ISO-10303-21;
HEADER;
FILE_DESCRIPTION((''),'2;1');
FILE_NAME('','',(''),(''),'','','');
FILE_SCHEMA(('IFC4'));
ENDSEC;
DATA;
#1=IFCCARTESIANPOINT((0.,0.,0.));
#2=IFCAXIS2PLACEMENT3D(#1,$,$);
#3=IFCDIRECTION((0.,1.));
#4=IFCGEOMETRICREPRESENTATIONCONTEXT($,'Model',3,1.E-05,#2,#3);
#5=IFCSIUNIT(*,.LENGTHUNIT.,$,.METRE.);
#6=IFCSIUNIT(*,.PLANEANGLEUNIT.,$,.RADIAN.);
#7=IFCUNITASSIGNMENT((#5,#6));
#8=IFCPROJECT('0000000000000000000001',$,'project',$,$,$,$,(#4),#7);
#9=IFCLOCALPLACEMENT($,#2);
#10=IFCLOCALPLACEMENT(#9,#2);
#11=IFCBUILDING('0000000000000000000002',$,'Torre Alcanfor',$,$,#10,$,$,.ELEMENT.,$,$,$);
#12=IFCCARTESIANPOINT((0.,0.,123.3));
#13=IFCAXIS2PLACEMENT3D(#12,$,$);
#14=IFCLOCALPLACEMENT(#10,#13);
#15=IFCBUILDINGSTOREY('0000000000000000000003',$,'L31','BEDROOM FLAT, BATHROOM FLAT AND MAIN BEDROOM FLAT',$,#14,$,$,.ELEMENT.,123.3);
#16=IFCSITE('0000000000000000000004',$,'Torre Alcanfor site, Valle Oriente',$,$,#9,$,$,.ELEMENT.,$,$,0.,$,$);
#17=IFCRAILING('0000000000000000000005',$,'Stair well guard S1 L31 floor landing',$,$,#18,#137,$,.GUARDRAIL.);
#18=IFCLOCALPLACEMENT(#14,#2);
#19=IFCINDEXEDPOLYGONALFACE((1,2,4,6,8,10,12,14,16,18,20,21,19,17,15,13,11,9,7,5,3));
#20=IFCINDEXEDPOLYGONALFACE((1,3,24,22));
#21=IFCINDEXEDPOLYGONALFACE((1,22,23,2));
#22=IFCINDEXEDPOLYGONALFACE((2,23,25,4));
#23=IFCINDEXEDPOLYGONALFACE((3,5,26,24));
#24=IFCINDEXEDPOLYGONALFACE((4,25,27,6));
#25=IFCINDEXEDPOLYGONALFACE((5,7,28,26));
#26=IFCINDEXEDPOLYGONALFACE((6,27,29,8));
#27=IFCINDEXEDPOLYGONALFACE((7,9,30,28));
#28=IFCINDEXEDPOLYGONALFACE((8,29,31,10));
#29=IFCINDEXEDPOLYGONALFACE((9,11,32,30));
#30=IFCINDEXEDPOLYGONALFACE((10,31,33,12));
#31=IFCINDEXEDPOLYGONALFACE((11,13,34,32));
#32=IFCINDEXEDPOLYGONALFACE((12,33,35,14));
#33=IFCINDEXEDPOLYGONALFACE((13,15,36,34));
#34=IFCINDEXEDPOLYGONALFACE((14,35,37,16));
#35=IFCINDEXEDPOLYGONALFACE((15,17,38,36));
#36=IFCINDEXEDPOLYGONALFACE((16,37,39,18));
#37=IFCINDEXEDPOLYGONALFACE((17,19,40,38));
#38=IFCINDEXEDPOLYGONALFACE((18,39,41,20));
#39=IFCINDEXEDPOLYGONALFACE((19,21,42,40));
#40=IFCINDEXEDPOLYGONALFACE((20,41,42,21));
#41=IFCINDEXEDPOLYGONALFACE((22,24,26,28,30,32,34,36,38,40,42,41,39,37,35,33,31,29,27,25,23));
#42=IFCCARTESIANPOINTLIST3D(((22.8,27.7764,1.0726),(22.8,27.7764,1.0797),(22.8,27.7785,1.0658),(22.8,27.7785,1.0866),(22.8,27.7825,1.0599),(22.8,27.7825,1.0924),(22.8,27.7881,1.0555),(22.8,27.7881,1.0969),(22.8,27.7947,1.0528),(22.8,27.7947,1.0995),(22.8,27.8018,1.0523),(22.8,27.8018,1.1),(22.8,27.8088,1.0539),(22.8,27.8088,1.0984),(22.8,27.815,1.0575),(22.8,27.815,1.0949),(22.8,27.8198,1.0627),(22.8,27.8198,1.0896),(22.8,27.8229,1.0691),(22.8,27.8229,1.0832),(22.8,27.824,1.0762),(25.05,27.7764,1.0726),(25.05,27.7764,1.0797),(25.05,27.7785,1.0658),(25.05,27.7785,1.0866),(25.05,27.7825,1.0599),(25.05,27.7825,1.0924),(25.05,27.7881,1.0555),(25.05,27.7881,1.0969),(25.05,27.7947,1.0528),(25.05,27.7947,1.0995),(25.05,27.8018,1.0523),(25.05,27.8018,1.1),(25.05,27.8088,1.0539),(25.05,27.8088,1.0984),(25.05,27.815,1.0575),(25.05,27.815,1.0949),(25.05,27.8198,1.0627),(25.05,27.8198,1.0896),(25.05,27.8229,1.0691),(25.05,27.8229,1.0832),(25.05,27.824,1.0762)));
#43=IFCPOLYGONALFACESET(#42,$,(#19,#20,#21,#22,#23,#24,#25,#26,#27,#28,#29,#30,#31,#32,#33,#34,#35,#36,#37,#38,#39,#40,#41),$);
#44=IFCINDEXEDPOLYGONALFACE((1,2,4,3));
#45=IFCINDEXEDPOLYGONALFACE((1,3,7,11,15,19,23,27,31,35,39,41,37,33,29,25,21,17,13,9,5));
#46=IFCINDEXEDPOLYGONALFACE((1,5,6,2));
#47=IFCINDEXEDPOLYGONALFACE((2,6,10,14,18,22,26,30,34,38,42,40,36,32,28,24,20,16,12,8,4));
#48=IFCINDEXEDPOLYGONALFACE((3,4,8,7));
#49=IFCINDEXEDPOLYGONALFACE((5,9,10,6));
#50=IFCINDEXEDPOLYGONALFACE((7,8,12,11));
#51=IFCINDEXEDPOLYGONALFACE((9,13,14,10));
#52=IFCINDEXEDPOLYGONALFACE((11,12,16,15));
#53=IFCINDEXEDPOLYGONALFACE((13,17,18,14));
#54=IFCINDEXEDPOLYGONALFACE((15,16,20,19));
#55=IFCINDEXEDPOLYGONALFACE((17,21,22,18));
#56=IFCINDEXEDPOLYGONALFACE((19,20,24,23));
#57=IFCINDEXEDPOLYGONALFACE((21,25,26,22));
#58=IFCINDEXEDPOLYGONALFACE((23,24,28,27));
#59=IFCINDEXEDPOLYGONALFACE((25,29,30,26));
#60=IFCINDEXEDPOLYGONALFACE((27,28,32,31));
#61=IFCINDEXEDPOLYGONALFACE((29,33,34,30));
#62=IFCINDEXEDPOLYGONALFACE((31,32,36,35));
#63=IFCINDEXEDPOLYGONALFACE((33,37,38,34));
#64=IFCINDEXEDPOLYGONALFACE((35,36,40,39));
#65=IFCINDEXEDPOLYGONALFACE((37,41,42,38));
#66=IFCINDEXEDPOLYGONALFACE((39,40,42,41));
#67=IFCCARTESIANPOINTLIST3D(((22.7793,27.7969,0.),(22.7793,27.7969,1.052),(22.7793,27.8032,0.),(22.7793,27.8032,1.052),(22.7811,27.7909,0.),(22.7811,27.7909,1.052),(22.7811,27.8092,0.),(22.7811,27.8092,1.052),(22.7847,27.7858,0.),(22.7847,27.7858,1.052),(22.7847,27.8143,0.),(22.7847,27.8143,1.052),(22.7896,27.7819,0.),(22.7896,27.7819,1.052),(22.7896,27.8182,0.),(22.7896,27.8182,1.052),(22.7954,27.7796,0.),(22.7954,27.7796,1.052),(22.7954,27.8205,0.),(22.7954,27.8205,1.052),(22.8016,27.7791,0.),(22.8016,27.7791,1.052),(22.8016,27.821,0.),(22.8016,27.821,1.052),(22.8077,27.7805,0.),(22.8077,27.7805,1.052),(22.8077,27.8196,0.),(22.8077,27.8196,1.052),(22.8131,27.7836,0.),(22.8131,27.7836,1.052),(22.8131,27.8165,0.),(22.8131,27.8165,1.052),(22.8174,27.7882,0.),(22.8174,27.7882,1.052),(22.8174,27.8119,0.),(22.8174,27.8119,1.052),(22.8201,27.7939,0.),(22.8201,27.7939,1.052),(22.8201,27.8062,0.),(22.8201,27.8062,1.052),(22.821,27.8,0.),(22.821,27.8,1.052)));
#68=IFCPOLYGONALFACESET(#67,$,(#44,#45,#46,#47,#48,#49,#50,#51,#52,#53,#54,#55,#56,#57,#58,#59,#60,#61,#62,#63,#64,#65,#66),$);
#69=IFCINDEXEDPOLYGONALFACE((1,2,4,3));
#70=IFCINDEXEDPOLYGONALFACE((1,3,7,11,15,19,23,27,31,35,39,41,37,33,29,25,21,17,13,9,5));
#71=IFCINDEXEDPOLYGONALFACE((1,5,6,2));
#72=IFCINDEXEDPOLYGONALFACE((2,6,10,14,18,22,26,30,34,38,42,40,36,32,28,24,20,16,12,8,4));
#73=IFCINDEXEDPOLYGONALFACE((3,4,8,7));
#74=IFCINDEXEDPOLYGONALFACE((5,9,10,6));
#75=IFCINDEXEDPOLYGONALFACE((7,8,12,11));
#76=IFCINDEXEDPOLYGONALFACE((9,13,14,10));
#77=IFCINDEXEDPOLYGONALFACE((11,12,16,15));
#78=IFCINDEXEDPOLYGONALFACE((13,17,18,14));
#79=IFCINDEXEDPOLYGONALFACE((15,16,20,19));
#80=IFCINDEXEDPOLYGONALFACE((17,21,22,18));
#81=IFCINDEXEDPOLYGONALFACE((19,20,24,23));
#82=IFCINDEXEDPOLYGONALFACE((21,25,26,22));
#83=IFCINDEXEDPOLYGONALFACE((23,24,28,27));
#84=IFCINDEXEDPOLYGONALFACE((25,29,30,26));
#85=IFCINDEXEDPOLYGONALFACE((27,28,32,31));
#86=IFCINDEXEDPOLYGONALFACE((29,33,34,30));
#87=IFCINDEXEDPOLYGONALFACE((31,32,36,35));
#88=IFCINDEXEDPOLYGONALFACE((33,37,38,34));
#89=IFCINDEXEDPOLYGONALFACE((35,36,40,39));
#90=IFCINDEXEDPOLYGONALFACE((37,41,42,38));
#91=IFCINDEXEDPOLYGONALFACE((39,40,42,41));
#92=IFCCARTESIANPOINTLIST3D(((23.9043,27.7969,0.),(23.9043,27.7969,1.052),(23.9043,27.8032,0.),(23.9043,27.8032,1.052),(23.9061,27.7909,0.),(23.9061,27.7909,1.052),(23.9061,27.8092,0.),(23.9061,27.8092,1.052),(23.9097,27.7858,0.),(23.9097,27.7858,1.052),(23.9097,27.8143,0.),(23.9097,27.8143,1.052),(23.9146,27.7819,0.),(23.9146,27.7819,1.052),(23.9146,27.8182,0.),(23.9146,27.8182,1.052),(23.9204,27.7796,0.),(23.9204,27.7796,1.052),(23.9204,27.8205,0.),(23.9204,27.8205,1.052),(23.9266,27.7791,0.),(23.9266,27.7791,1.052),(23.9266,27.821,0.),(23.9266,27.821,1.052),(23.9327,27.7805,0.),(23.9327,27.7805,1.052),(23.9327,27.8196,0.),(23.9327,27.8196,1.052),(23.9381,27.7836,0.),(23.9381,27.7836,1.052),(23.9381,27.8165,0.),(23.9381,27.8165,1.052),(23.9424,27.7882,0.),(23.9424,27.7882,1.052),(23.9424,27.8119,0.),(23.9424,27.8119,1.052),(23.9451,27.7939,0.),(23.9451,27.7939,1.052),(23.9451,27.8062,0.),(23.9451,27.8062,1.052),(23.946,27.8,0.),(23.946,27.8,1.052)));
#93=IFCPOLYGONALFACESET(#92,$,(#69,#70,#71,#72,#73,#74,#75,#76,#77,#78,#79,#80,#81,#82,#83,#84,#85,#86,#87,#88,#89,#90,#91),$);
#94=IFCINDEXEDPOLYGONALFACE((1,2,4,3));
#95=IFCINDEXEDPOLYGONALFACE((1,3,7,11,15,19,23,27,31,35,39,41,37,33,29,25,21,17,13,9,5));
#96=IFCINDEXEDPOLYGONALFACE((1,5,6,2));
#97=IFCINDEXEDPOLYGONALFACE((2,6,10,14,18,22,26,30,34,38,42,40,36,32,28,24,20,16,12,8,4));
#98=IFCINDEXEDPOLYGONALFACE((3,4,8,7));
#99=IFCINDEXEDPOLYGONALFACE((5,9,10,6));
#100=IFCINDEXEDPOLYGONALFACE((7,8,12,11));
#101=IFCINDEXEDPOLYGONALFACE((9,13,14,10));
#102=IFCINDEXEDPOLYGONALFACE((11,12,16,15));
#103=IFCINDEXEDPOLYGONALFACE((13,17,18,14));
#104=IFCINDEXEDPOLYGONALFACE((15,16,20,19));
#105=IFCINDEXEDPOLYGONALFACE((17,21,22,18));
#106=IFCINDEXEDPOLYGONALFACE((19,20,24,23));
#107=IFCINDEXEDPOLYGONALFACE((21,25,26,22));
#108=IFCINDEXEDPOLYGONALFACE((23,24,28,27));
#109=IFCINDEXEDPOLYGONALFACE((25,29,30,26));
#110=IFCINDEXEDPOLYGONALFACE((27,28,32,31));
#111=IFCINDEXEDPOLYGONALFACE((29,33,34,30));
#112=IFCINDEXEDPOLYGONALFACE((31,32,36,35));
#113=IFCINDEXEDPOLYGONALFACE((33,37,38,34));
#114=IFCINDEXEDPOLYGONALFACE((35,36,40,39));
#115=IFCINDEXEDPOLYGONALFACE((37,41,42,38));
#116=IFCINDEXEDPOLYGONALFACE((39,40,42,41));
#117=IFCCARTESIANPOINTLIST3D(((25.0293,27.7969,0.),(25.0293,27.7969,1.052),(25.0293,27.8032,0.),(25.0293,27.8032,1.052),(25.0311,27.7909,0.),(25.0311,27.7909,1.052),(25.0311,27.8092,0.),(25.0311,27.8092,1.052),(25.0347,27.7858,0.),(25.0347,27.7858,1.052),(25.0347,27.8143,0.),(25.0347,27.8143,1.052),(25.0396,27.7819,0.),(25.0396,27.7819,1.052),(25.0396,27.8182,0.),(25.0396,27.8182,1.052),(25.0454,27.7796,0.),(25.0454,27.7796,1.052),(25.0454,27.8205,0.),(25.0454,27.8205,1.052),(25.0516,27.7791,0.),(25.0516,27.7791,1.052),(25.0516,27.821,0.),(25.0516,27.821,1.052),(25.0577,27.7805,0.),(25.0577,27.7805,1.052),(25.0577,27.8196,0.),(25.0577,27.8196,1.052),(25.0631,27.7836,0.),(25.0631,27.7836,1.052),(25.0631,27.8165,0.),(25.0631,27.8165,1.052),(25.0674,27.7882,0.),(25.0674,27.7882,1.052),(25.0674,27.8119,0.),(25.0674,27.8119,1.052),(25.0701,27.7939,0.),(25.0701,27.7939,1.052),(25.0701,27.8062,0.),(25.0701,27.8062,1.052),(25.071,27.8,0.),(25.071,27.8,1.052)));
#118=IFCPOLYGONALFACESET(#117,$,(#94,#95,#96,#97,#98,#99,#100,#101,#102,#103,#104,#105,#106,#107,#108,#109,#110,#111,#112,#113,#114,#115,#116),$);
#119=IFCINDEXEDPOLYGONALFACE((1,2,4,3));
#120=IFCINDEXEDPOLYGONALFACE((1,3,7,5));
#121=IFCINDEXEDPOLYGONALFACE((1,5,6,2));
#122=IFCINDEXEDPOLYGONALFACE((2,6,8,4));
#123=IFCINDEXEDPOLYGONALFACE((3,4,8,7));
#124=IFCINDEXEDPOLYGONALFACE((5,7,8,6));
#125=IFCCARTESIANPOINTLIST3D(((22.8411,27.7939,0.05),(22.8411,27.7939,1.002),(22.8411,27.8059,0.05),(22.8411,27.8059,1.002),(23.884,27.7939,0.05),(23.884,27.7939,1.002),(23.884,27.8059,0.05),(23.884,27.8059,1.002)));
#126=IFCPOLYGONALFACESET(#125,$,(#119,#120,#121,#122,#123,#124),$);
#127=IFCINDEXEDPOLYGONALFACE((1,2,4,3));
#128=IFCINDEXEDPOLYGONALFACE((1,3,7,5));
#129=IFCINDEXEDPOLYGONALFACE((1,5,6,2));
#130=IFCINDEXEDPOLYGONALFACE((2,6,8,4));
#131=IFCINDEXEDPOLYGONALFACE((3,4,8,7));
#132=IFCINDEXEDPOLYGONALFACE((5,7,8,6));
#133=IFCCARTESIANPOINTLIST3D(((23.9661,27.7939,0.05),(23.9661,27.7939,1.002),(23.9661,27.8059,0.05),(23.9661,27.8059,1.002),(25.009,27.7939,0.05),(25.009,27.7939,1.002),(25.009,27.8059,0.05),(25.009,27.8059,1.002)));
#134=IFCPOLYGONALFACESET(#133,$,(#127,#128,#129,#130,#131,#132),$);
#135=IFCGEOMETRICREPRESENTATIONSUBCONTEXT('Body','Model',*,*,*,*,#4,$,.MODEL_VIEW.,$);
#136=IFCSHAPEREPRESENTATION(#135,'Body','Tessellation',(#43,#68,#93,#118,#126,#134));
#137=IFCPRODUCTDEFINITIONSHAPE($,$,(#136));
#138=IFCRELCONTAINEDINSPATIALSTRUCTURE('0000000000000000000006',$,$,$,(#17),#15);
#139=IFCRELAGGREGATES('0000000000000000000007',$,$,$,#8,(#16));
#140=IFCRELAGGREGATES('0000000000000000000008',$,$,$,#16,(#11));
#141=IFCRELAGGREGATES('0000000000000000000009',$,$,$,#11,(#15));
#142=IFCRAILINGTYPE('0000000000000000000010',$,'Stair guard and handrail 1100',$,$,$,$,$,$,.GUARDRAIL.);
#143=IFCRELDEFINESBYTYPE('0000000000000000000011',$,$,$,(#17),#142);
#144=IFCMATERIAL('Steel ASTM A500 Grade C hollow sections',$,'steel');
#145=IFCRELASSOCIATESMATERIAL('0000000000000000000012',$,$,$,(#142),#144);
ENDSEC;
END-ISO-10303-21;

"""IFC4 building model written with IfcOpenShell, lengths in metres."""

from ifc_helpers import new_model, si_unit, direction, frame, origin, origin_2d, place, context, subcontext, project, spatial, polyline, circle, outline, extrude, material, type_object, element, save


model = new_model("IFC4")

# Units and contexts
model_context = context("Model", 3, precision=1e-05, world=origin(), true_north=direction((0.0, 1.0)))
body_context = subcontext(model_context, "Body", "Model", "MODEL_VIEW")
ifc_project = project(units=[si_unit("LENGTHUNIT", "METRE"), si_unit("PLANEANGLEUNIT", "RADIAN")], contexts=[model_context])

# Site, building, storey
site_placement = place(None, origin())
site = spatial("IfcSite", under=ifc_project, at=site_placement, Name="Torre Alcanfor site, Valle Oriente", CompositionType="ELEMENT", RefElevation=0.0)
building_placement = place(site_placement, origin())
building = spatial("IfcBuilding", under=site, at=building_placement, Name="Torre Alcanfor", CompositionType="ELEMENT")
storey_placement = place(building_placement, frame((0.0, 0.0, 123.3)))
storey = spatial("IfcBuildingStorey", under=building, at=storey_placement, Name="L31", Description="BEDROOM FLAT, BATHROOM FLAT AND MAIN BEDROOM FLAT", CompositionType="ELEMENT", Elevation=123.3)

# Railing
ifc_material_1 = material(Name="Steel ASTM A500 Grade C hollow sections", Category="steel")
railing_type_1 = type_object("IfcRailingType", Name="Stair guard and handrail 1100", PredefinedType="GUARDRAIL", material=ifc_material_1)
railing_1_placement = place(storey_placement, frame((22.8, 27.8, 0.0)))
element("IfcRailing", 1, at=railing_1_placement, inside=storey, type_object=railing_type_1, Name="Stair well guard S1 L31 floor landing", PredefinedType="GUARDRAIL", context=body_context, shape_type="SweptSolid", body=[
    extrude(circle(Radius=0.0239, at=origin_2d()), frame((0.0, 0.0, 1.0762), z_axis=(1.0, 0.0, 0.0), x_axis=(0.0, 1.0, 0.0)), (0.0, 0.0, 1.0), 2.25),
    extrude(circle(Radius=0.021, at=origin_2d()), origin(), (0.0, 0.0, 1.0), 1.052),
    extrude(circle(Radius=0.021, at=origin_2d()), frame((1.125, 0.0, 0.0)), (0.0, 0.0, 1.0), 1.052),
    extrude(circle(Radius=0.021, at=origin_2d()), frame((2.25, 0.0, 0.0)), (0.0, 0.0, 1.0), 1.052),
    extrude(outline(polyline([(0.041, 0.05), (1.084, 0.05), (1.084, 1.002), (0.041, 1.002), (0.041, 0.05)])), frame((0.0, 0.0059, 0.0), z_axis=(0.0, -1.0, 0.0), x_axis=(1.0, 0.0, 0.0)), (0.0, 0.0, 1.0), 0.012),
    extrude(outline(polyline([(1.166, 0.05), (2.209, 0.05), (2.209, 1.002), (1.166, 1.002), (1.166, 0.05)])), frame((0.0, 0.0059, 0.0), z_axis=(0.0, -1.0, 0.0), x_axis=(1.0, 0.0, 0.0)), (0.0, 0.0, 1.0), 0.012),
])

save(model, "model.ifc")
